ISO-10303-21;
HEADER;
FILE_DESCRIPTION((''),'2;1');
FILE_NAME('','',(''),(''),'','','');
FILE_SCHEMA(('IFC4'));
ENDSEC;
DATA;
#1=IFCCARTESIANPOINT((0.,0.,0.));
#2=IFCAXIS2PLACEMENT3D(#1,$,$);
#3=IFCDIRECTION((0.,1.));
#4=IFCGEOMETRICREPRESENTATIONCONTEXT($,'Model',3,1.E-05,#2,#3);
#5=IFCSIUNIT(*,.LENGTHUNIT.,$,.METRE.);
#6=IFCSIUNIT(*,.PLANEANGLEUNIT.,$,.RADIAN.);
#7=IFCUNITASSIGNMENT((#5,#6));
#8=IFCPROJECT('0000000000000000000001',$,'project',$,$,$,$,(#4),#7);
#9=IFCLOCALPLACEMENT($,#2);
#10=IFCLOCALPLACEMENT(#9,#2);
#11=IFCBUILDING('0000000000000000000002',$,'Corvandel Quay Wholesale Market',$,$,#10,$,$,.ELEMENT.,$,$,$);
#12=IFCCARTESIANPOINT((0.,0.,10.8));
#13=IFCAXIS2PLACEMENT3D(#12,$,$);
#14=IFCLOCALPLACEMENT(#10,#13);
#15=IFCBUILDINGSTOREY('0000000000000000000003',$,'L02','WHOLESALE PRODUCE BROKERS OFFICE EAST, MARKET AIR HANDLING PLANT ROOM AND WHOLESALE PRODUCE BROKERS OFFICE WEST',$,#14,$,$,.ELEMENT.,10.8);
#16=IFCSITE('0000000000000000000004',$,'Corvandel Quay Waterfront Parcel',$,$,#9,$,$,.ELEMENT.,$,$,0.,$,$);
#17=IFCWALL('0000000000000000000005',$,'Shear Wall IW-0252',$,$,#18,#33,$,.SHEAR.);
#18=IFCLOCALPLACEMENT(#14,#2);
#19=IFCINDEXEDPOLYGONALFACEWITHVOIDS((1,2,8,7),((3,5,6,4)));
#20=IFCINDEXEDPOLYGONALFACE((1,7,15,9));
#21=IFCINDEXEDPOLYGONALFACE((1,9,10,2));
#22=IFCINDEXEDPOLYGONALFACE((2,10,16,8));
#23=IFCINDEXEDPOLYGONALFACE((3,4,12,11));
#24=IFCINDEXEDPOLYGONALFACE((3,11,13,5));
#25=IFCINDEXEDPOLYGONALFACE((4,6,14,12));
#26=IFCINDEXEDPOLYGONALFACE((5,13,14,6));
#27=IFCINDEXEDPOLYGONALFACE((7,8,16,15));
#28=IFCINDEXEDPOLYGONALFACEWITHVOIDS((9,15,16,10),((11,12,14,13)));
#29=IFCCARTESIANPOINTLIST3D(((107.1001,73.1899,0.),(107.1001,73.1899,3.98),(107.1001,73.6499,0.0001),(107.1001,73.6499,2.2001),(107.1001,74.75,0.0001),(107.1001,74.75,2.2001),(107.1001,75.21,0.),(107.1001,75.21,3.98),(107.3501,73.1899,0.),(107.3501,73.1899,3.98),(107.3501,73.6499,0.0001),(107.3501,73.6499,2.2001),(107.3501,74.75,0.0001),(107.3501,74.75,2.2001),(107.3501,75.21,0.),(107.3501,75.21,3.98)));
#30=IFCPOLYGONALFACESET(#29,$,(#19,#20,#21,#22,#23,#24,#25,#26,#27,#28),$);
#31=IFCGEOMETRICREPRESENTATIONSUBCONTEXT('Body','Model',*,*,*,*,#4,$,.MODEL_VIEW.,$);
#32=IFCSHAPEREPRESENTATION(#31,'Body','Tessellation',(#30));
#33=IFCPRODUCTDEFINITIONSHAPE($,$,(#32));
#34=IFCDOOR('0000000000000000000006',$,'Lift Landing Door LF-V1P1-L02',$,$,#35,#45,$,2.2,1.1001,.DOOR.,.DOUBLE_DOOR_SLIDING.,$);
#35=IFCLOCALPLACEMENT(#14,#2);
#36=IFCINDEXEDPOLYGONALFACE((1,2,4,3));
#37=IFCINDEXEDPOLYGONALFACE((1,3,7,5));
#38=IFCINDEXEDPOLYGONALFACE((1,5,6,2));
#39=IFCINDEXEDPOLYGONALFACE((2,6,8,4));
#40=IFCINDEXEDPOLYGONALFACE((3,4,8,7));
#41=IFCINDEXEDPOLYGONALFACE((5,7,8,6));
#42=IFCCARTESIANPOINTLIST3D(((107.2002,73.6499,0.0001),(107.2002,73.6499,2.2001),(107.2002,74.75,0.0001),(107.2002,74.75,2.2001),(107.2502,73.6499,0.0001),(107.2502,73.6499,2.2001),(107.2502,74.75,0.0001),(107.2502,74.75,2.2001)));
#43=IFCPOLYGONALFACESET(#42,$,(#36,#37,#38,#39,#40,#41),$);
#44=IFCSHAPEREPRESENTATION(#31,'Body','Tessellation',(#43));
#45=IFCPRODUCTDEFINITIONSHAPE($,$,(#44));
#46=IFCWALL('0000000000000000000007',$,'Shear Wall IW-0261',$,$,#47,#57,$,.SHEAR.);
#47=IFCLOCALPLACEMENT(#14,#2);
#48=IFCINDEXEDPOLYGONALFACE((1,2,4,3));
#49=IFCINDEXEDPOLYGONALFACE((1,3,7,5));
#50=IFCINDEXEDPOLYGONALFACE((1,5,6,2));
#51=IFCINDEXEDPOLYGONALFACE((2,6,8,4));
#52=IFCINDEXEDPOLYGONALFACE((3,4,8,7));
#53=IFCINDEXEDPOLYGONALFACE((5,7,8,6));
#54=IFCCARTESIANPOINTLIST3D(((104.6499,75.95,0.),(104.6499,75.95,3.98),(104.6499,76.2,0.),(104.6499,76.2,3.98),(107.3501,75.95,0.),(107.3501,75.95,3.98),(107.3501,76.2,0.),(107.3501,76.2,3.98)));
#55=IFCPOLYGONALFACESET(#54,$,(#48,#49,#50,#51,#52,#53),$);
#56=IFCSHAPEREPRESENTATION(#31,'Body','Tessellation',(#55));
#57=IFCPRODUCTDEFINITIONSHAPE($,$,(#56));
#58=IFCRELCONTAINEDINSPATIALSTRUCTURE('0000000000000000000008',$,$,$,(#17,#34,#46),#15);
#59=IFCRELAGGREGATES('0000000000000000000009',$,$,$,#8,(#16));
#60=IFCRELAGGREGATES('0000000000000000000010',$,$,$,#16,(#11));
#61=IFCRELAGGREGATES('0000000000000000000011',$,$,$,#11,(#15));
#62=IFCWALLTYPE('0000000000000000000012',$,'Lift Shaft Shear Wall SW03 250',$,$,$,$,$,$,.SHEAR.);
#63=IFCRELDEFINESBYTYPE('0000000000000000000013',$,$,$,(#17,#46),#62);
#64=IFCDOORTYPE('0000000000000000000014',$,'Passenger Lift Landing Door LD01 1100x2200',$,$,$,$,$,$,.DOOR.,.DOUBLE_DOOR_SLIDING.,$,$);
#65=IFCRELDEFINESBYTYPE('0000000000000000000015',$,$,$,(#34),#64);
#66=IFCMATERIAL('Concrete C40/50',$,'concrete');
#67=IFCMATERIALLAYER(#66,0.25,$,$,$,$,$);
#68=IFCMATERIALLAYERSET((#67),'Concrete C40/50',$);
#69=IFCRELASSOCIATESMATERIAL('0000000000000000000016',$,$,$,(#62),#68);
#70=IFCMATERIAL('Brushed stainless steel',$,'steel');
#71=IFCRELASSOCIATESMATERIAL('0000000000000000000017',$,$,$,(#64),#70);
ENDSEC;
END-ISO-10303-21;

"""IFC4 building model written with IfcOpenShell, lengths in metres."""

from ifc_helpers import new_model, si_unit, direction, frame, frame_2d, origin, place, context, subcontext, project, spatial, rectangle, extrude, material, layer, layer_set, type_object, element, fill, save


model = new_model("IFC4")

# Units and contexts
model_context = context("Model", 3, precision=1e-05, world=origin(), true_north=direction((0.0, 1.0)))
body_context = subcontext(model_context, "Body", "Model", "MODEL_VIEW")
ifc_project = project(units=[si_unit("LENGTHUNIT", "METRE"), si_unit("PLANEANGLEUNIT", "RADIAN")], contexts=[model_context])

# Site, building, storey
site_placement = place(None, origin())
site = spatial("IfcSite", under=ifc_project, at=site_placement, Name="Corvandel Quay Waterfront Parcel", CompositionType="ELEMENT", RefElevation=0.0)
building_placement = place(site_placement, origin())
building = spatial("IfcBuilding", under=site, at=building_placement, Name="Corvandel Quay Wholesale Market", CompositionType="ELEMENT")
storey_placement = place(building_placement, frame((0.0, 0.0, 10.8)))
storey = spatial("IfcBuildingStorey", under=building, at=storey_placement, Name="L02", Description="WHOLESALE PRODUCE BROKERS OFFICE EAST, MARKET AIR HANDLING PLANT ROOM AND WHOLESALE PRODUCE BROKERS OFFICE WEST", CompositionType="ELEMENT", Elevation=10.8)

# Shared definitions
ifc_material_1 = material(Name="Concrete C40/50", Category="concrete")
ifc_layer_1 = layer(ifc_material_1, 0.25)
ifc_layer_set_1 = layer_set([ifc_layer_1], Name="Concrete C40/50")
wall_type = type_object("IfcWallType", Name="Lift Shaft Shear Wall SW03 250", PredefinedType="SHEAR", material=ifc_layer_set_1)

# Wall, opening, door
wall_1_placement = place(storey_placement, frame((107.2251, 73.1899, 0.0), z_axis=(0.0, 0.0, 1.0), x_axis=(0.0, 1.0, 0.0)))
wall_1 = element("IfcWall", 1, at=wall_1_placement, inside=storey, type_object=wall_type, Name="Shear Wall IW-0252", PredefinedType="SHEAR", context=body_context, shape_type="SweptSolid", body=[
    extrude(rectangle(XDim=2.02, YDim=0.25, at=frame_2d((1.01, 0.0))), origin(), (0.0, 0.0, 1.0), 3.98),
])
opening_placement = place(wall_1_placement, frame((0.46, 0.0, 0.0)))
opening = element("IfcOpeningElement", 2, at=opening_placement, cuts=wall_1, PredefinedType="OPENING", context=body_context, shape_type="SweptSolid", body=[
    extrude(rectangle(XDim=1.1001, YDim=2.2, at=frame_2d((0.55, 1.1001))), frame((0.0, 0.135, 0.0), z_axis=(0.0, -1.0, 0.0), x_axis=(1.0, 0.0, 0.0)), (0.0, 0.0, 1.0), 0.27),
])
ifc_material_2 = material(Name="Brushed stainless steel", Category="steel")
door_type = type_object("IfcDoorType", Name="Passenger Lift Landing Door LD01 1100x2200", OperationType="DOUBLE_DOOR_SLIDING", PredefinedType="DOOR", material=ifc_material_2)
door_placement = place(opening_placement, origin())
door = element("IfcDoor", 3, at=door_placement, inside=storey, type_object=door_type, Name="Lift Landing Door LF-V1P1-L02", OperationType="DOUBLE_DOOR_SLIDING", OverallHeight=2.2, OverallWidth=1.1001, PredefinedType="DOOR", context=body_context, shape_type="SweptSolid", body=[
    extrude(rectangle(XDim=1.1001, YDim=2.2, at=frame_2d((0.55, 1.1001))), frame((0.0, 0.0249, 0.0), z_axis=(0.0, -1.0, 0.0), x_axis=(1.0, 0.0, 0.0)), (0.0, 0.0, 1.0), 0.05),
])
fill(opening, door)

# Wall
wall_2_placement = place(storey_placement, frame((104.6499, 76.075, 0.0), z_axis=(0.0, 0.0, 1.0), x_axis=(1.0, 0.0, 0.0)))
element("IfcWall", 4, at=wall_2_placement, inside=storey, type_object=wall_type, Name="Shear Wall IW-0261", PredefinedType="SHEAR", context=body_context, shape_type="SweptSolid", body=[
    extrude(rectangle(XDim=2.7002, YDim=0.25, at=frame_2d((1.3501, 0.0))), origin(), (0.0, 0.0, 1.0), 3.98),
])

save(model, "model.ifc")
